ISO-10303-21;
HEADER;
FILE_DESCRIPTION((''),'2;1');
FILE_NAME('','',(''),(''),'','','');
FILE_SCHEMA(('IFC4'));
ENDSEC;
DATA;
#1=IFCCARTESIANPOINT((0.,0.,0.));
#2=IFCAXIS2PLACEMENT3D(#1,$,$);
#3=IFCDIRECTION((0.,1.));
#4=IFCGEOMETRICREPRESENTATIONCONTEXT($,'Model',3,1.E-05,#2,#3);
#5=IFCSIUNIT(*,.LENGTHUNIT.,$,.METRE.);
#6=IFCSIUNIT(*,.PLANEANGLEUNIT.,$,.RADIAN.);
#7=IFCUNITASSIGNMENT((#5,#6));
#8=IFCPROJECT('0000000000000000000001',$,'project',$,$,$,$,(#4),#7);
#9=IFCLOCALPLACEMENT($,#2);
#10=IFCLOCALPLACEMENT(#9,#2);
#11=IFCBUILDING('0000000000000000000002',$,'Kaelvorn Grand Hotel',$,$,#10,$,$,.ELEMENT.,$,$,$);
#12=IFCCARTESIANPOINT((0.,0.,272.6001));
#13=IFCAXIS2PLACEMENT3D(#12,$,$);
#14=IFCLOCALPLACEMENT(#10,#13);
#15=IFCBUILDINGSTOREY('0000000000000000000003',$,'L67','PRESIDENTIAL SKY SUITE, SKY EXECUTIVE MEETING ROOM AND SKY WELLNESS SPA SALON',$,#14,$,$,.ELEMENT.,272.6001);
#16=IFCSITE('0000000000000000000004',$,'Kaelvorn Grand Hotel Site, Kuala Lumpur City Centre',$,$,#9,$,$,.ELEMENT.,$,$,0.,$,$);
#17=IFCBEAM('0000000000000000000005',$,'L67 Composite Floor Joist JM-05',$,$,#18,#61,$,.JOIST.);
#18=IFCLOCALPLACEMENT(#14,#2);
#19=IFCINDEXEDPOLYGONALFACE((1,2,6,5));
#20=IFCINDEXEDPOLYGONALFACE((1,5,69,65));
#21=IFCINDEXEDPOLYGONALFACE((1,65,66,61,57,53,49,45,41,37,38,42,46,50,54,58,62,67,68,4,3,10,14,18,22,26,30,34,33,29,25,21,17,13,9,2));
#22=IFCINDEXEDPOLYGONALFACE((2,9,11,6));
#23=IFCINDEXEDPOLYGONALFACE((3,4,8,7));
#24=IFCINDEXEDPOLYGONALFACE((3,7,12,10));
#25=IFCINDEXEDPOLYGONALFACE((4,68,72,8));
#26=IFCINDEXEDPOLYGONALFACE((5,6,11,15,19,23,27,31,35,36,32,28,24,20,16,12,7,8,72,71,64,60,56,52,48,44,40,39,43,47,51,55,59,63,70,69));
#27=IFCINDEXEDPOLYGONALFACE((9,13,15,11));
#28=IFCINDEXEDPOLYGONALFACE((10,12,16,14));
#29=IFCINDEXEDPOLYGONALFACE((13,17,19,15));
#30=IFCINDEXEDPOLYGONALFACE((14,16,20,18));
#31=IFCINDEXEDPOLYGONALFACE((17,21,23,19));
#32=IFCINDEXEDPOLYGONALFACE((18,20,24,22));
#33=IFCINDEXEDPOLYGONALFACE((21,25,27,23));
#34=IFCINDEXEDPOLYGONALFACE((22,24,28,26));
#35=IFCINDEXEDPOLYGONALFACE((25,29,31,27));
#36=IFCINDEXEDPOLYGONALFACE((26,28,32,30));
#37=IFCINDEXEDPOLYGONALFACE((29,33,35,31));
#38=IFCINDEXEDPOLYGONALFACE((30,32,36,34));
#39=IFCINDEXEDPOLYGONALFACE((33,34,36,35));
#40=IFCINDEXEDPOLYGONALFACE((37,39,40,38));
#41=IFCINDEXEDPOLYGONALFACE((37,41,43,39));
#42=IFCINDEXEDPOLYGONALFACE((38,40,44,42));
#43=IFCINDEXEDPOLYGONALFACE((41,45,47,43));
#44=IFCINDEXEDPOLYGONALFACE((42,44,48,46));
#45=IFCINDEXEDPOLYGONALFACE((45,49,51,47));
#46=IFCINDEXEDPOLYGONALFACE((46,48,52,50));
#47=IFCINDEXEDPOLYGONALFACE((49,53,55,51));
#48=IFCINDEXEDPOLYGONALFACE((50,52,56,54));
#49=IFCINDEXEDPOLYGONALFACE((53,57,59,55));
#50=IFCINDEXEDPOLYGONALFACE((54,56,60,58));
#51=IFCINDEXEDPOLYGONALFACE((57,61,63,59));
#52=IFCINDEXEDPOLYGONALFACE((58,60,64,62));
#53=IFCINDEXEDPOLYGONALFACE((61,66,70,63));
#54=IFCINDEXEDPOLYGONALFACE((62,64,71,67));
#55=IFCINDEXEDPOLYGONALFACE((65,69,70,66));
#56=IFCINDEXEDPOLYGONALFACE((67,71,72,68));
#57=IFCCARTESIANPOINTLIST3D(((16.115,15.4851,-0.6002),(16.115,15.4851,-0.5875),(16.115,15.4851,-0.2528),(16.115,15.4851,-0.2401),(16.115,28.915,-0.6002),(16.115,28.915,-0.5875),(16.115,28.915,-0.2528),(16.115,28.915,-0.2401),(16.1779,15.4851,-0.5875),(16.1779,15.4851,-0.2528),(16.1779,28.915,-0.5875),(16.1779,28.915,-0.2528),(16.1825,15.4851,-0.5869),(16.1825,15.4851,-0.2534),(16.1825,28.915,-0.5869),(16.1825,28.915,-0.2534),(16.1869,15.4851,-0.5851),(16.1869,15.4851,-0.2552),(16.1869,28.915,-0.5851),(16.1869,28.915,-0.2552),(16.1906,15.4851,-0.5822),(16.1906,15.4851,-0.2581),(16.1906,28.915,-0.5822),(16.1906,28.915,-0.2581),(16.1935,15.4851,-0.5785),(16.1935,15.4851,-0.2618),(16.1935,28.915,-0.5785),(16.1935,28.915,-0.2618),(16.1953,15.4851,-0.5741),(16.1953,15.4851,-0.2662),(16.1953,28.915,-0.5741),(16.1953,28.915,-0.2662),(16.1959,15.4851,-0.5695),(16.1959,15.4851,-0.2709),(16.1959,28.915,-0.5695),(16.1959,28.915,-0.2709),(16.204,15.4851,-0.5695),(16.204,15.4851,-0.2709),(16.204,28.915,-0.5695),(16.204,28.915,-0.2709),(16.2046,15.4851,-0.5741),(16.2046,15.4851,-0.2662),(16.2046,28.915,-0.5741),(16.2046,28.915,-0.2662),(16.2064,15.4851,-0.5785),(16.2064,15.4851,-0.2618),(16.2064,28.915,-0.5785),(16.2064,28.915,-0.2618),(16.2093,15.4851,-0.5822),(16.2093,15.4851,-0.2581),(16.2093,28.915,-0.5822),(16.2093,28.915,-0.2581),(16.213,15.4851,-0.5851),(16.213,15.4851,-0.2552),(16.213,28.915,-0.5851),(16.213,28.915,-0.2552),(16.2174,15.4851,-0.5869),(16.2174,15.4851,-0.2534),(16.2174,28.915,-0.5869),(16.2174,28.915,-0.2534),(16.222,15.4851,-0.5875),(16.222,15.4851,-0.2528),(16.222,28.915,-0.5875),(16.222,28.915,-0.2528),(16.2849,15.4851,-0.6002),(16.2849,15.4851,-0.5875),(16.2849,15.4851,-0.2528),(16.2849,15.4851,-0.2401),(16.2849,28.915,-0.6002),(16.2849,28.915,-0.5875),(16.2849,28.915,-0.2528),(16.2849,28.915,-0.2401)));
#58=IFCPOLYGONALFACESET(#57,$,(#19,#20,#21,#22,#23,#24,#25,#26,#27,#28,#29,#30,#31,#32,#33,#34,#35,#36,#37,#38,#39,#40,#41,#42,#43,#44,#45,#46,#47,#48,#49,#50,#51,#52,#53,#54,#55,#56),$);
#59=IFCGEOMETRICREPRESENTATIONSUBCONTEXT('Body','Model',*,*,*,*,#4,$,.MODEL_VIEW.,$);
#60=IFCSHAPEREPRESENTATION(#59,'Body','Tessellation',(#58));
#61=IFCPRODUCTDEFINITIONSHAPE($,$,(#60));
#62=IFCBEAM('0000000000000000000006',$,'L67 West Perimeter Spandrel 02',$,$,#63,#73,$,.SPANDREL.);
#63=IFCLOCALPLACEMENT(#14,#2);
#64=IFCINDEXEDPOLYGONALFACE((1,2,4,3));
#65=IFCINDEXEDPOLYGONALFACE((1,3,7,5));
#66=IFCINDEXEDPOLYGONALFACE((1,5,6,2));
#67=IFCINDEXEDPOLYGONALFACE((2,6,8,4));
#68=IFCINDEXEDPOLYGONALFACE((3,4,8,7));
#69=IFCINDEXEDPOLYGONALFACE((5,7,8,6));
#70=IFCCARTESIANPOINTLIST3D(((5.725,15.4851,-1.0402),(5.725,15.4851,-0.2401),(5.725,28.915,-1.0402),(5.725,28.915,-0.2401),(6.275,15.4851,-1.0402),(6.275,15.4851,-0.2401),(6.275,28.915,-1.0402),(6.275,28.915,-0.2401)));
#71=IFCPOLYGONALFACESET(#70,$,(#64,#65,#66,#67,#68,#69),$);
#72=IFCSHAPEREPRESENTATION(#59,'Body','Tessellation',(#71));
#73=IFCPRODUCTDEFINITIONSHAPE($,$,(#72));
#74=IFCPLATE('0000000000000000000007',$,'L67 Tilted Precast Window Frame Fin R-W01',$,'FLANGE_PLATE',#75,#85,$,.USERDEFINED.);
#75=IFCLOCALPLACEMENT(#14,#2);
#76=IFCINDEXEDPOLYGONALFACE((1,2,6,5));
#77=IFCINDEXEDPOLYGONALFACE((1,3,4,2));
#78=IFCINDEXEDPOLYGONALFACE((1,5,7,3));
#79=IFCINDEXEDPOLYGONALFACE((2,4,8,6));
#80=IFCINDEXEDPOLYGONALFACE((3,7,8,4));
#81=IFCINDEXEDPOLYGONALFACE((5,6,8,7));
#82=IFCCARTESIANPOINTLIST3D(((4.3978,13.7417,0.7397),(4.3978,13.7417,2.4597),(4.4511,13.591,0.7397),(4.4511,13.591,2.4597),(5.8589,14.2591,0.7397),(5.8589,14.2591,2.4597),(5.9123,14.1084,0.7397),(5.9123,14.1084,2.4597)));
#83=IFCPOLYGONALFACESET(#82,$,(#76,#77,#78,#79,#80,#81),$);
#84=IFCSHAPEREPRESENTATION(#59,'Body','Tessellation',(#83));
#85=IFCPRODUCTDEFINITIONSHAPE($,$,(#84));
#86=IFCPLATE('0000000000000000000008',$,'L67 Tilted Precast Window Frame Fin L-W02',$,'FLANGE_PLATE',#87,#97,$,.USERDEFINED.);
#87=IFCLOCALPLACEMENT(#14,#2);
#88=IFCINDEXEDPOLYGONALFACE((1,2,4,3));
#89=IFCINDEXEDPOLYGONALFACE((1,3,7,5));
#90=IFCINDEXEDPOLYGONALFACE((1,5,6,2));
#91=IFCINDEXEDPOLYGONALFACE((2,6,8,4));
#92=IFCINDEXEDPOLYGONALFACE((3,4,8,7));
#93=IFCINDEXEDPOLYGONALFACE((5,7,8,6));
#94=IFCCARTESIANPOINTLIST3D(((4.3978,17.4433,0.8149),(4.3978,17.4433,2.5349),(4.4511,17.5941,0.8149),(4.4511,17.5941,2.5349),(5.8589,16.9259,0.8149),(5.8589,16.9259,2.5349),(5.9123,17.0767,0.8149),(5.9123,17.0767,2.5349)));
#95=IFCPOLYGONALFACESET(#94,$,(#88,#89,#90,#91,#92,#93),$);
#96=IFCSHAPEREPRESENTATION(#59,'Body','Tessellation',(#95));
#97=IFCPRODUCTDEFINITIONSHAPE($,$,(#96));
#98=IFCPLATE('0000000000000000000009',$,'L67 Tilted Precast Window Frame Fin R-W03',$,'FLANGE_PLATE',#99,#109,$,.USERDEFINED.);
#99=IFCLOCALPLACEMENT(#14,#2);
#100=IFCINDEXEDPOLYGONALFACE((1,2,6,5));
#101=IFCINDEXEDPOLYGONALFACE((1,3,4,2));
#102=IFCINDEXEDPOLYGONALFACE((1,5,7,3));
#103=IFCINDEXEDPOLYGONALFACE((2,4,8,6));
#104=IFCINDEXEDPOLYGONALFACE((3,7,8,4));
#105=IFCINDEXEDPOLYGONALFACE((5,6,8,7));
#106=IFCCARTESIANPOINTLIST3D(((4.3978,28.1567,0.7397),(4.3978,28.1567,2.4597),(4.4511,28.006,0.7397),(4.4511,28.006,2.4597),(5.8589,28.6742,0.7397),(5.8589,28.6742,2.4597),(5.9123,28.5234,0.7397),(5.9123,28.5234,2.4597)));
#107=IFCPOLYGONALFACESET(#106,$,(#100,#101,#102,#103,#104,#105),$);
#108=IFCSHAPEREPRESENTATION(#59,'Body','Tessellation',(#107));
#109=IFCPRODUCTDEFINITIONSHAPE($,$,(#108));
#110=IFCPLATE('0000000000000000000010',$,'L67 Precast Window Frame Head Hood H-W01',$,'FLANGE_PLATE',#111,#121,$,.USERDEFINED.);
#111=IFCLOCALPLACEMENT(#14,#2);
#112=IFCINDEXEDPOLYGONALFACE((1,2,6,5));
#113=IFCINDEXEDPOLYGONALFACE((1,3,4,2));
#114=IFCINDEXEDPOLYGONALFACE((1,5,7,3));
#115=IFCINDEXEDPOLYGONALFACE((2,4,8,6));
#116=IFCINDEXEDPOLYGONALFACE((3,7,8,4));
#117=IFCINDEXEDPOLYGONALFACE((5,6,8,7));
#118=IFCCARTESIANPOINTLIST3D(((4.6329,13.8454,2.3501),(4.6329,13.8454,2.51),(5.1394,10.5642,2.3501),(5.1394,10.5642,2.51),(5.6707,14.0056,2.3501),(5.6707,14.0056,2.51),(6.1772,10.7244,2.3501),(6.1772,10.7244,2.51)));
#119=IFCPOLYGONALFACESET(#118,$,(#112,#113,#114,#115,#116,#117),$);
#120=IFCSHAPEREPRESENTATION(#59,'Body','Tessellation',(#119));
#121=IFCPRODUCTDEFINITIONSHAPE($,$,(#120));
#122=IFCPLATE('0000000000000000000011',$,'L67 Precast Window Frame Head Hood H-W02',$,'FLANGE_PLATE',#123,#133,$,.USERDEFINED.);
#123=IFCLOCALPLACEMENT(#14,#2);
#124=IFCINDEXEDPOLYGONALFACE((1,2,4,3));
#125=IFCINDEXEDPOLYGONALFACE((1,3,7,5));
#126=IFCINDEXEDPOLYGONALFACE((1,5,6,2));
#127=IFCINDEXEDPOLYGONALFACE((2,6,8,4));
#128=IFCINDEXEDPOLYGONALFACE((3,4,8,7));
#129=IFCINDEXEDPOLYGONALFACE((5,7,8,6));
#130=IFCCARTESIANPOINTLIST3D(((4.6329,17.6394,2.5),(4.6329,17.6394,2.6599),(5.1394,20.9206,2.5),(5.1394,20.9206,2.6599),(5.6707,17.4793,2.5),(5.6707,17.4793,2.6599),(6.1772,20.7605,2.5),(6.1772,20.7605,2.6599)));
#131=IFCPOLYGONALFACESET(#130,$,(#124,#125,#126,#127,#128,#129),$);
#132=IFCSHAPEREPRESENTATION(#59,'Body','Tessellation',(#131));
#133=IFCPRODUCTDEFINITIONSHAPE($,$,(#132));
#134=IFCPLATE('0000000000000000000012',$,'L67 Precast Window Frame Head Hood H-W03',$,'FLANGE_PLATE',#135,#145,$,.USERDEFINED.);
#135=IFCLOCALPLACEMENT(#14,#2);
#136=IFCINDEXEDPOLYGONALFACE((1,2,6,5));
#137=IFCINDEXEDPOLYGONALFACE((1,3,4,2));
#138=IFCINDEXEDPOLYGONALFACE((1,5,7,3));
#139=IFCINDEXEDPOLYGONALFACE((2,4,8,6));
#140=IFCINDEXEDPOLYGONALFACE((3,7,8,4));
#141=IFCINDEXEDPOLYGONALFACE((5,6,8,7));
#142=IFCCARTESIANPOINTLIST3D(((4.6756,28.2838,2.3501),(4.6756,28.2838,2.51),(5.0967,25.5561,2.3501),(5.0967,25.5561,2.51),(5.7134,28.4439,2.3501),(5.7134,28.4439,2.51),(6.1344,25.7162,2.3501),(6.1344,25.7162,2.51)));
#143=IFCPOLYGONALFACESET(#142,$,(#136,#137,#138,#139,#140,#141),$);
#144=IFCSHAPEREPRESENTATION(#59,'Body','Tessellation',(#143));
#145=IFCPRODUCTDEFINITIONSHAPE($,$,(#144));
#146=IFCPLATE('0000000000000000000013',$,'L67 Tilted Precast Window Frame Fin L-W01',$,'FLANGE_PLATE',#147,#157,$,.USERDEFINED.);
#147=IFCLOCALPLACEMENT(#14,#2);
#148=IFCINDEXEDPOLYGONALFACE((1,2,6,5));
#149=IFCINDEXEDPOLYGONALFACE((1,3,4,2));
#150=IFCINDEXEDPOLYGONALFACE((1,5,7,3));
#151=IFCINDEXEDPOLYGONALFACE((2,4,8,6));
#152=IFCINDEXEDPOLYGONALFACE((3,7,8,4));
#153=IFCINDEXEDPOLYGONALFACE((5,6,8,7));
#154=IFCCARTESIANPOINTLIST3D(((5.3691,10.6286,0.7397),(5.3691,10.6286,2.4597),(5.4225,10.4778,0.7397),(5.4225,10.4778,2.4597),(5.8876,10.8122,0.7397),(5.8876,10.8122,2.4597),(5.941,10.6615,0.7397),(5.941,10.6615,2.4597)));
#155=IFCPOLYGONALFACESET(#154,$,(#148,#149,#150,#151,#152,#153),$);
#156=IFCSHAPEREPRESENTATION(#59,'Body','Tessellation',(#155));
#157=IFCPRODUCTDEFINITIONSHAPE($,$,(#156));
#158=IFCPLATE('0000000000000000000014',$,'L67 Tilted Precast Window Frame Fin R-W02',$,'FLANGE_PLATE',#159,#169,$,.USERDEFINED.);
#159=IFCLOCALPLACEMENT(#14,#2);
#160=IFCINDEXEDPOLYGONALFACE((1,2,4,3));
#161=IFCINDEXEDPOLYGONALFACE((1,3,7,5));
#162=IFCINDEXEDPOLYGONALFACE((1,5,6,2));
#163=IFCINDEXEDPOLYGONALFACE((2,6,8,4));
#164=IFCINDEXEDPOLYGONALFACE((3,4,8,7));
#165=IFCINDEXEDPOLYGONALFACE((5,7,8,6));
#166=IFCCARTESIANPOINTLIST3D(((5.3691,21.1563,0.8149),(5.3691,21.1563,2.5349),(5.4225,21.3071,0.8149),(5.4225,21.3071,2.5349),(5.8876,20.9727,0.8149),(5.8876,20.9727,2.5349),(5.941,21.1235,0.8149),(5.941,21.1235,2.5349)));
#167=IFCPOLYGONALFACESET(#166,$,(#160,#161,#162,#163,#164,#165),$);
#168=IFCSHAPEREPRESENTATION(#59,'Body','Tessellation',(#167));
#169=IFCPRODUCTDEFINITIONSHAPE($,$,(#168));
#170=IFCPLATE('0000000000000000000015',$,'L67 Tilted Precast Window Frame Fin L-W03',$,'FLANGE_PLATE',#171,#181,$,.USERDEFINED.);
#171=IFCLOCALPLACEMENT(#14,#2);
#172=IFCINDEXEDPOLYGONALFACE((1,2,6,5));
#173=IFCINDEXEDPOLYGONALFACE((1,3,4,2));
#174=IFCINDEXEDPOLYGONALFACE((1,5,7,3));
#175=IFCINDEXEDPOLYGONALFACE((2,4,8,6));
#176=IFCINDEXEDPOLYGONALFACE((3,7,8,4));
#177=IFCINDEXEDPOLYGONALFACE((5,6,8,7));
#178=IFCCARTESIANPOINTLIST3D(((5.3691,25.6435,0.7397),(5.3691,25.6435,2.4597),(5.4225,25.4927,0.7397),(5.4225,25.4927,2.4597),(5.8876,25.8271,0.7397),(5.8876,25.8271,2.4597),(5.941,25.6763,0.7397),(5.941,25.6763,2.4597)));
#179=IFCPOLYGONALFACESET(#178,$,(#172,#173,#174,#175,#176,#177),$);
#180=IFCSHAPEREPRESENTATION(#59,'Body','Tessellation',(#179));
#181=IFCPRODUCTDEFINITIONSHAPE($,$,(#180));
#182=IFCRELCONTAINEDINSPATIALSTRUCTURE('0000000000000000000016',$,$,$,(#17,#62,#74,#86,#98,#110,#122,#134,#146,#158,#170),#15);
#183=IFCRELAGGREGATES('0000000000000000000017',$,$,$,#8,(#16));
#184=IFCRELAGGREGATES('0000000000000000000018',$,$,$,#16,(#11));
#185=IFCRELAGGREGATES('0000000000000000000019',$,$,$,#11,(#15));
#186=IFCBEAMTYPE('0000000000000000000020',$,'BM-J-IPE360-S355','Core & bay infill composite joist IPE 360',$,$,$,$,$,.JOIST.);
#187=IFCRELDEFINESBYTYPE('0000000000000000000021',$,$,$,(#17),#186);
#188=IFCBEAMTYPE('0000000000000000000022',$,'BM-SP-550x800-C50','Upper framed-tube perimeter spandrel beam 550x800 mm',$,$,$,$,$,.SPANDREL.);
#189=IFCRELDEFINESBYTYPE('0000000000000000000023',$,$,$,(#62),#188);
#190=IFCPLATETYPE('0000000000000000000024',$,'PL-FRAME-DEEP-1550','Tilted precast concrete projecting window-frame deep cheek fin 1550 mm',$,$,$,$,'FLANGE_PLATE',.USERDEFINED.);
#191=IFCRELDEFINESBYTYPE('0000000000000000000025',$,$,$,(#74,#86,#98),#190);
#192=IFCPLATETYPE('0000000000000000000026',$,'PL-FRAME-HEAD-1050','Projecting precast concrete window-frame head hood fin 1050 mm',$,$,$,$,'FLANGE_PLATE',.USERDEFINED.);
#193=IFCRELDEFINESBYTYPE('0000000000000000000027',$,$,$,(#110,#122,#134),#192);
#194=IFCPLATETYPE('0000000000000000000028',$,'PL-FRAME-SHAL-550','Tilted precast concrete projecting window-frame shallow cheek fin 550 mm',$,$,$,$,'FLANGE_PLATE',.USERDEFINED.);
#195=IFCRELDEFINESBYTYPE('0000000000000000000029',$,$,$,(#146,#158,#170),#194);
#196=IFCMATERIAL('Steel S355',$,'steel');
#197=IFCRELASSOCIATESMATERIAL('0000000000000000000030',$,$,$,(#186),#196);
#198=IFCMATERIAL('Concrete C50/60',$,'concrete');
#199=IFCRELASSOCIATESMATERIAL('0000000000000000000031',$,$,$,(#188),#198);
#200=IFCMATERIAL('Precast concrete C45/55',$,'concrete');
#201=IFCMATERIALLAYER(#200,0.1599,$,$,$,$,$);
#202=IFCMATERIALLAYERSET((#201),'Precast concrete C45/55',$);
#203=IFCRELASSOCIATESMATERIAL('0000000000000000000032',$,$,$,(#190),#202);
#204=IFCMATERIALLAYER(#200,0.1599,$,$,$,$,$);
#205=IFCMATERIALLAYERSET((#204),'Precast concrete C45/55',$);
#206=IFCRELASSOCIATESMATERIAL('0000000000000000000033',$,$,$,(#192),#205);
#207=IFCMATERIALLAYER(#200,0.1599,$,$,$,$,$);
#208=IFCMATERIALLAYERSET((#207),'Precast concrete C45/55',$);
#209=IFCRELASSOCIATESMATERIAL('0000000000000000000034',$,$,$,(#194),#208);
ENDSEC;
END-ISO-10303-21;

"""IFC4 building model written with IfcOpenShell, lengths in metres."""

from ifc_helpers import new_model, si_unit, direction, frame, origin, origin_2d, place, context, subcontext, project, spatial, rectangle, i_section, extrude, material, layer, layer_set, material_profile, profile_set, type_object, element, save


model = new_model("IFC4")

# Units and contexts
model_context = context("Model", 3, precision=1e-05, world=origin(), true_north=direction((0.0, 1.0)))
body_context = subcontext(model_context, "Body", "Model", "MODEL_VIEW")
ifc_project = project(units=[si_unit("LENGTHUNIT", "METRE"), si_unit("PLANEANGLEUNIT", "RADIAN")], contexts=[model_context])

# Site, building, storey
site_placement = place(None, origin())
site = spatial("IfcSite", under=ifc_project, at=site_placement, Name="Kaelvorn Grand Hotel Site, Kuala Lumpur City Centre", CompositionType="ELEMENT", RefElevation=0.0)
building_placement = place(site_placement, origin())
building = spatial("IfcBuilding", under=site, at=building_placement, Name="Kaelvorn Grand Hotel", CompositionType="ELEMENT")
storey_placement = place(building_placement, frame((0.0, 0.0, 272.6001)))
storey = spatial("IfcBuildingStorey", under=building, at=storey_placement, Name="L67", Description="PRESIDENTIAL SKY SUITE, SKY EXECUTIVE MEETING ROOM AND SKY WELLNESS SPA SALON", CompositionType="ELEMENT", Elevation=272.6001)

# Shared definitions
ifc_material_1 = material(Name="Concrete C50/60", Category="concrete")

# Beams
ifc_material_2 = material(Name="Steel S355", Category="steel")
ifc_material_profile_1 = material_profile(ifc_material_2, i_section(OverallWidth=0.1699, OverallDepth=0.3601, WebThickness=0.0081, FlangeThickness=0.0127, FilletRadius=0.0181, at=origin_2d()), Name="IPE 360")
ifc_profile_set_1 = profile_set([ifc_material_profile_1], Name="Steel S355")
beam_type_1 = type_object("IfcBeamType", Name="BM-J-IPE360-S355", Description="Core & bay infill composite joist IPE 360", PredefinedType="JOIST", material=ifc_profile_set_1)
beam_1_placement = place(storey_placement, frame((16.2, 15.4851, -0.4202), z_axis=(0.0, 1.0, 0.0), x_axis=(-1.0, 0.0, 0.0)))
element("IfcBeam", 1, at=beam_1_placement, inside=storey, type_object=beam_type_1, Name="L67 Composite Floor Joist JM-05", PredefinedType="JOIST", context=body_context, shape_type="SweptSolid", body=[
    extrude(i_section(OverallWidth=0.1699, OverallDepth=0.3601, WebThickness=0.0081, FlangeThickness=0.0127, FilletRadius=0.0181, at=origin_2d()), origin(), (0.0, 0.0, 1.0), 13.4299),
])
ifc_material_profile_2 = material_profile(ifc_material_1, rectangle(XDim=0.55, YDim=0.8, at=origin_2d()), Name="RC SPANDREL 550x800")
ifc_profile_set_2 = profile_set([ifc_material_profile_2], Name="Concrete C50/60")
beam_type_2 = type_object("IfcBeamType", Name="BM-SP-550x800-C50", Description="Upper framed-tube perimeter spandrel beam 550x800 mm", PredefinedType="SPANDREL", material=ifc_profile_set_2)
beam_2_placement = place(storey_placement, frame((6.0, 15.4851, -0.6401), z_axis=(0.0, 1.0, 0.0), x_axis=(-1.0, 0.0, 0.0)))
element("IfcBeam", 2, at=beam_2_placement, inside=storey, type_object=beam_type_2, Name="L67 West Perimeter Spandrel 02", PredefinedType="SPANDREL", context=body_context, shape_type="SweptSolid", body=[
    extrude(rectangle(XDim=0.55, YDim=0.8, at=origin_2d()), origin(), (0.0, 0.0, 1.0), 13.4299),
])

# Plates
ifc_material_3 = material(Name="Precast concrete C45/55", Category="concrete")
ifc_layer_1 = layer(ifc_material_3, 0.1599)
ifc_layer_set_1 = layer_set([ifc_layer_1], Name="Precast concrete C45/55")
plate_type_1 = type_object("IfcPlateType", Name="PL-FRAME-DEEP-1550", Description="Tilted precast concrete projecting window-frame deep cheek fin 1550 mm", ElementType="FLANGE_PLATE", PredefinedType="USERDEFINED", material=ifc_layer_set_1)
for number, where, z_axis, x_axis, name in (
    (3, (5.155, 13.925, 0.7397), (0.0, 0.0, 1.0), (-0.333807, 0.942641, 0.0), "L67 Tilted Precast Window Frame Fin R-W01"),
    (4, (5.155, 17.26, 0.8149), (0.0, 0.0, 1.0), (0.333807, 0.942641, 0.0), "L67 Tilted Precast Window Frame Fin L-W02"),
    (5, (5.155, 28.3401, 0.7397), (0.0, 0.0, 1.0), (-0.333807, 0.942641, 0.0), "L67 Tilted Precast Window Frame Fin R-W03"),
):
    element("IfcPlate", number, at=place(storey_placement, frame(where, z_axis=z_axis, x_axis=x_axis)), inside=storey, type_object=plate_type_1, Name=name, ObjectType="FLANGE_PLATE", PredefinedType="USERDEFINED", context=body_context, shape_type="SweptSolid", body=[
        extrude(rectangle(XDim=0.1599, YDim=1.55, at=origin_2d()), origin(), (0.0, 0.0, 1.0), 1.72),
    ])
ifc_layer_2 = layer(ifc_material_3, 0.1599)
ifc_layer_set_2 = layer_set([ifc_layer_2], Name="Precast concrete C45/55")
plate_type_2 = type_object("IfcPlateType", Name="PL-FRAME-HEAD-1050", Description="Projecting precast concrete window-frame head hood fin 1050 mm", ElementType="FLANGE_PLATE", PredefinedType="USERDEFINED", material=ifc_layer_set_2)
for number, where, z_axis, x_axis, name in (
    (6, (5.405, 12.2849, 2.3501), (0.0, 0.0, 1.0), (-0.152555, 0.988295, 0.0), "L67 Precast Window Frame Head Hood H-W01"),
    (7, (5.405, 19.2, 2.5), (0.0, 0.0, 1.0), (0.152555, 0.988295, 0.0), "L67 Precast Window Frame Head Hood H-W02"),
):
    element("IfcPlate", number, at=place(storey_placement, frame(where, z_axis=z_axis, x_axis=x_axis)), inside=storey, type_object=plate_type_2, Name=name, ObjectType="FLANGE_PLATE", PredefinedType="USERDEFINED", context=body_context, shape_type="SweptSolid", body=[
        extrude(rectangle(XDim=3.3201, YDim=1.05, at=origin_2d()), origin(), (0.0, 0.0, 1.0), 0.1599),
    ])
plate_placement = place(storey_placement, frame((5.405, 27.0, 2.3501), z_axis=(0.0, 0.0, 1.0), x_axis=(-0.152555, 0.988295, 0.0)))
element("IfcPlate", 8, at=plate_placement, inside=storey, type_object=plate_type_2, Name="L67 Precast Window Frame Head Hood H-W03", ObjectType="FLANGE_PLATE", PredefinedType="USERDEFINED", context=body_context, shape_type="SweptSolid", body=[
    extrude(rectangle(XDim=2.76, YDim=1.05, at=origin_2d()), origin(), (0.0, 0.0, 1.0), 0.1599),
])
ifc_layer_3 = layer(ifc_material_3, 0.1599)
ifc_layer_set_3 = layer_set([ifc_layer_3], Name="Precast concrete C45/55")
plate_type_3 = type_object("IfcPlateType", Name="PL-FRAME-SHAL-550", Description="Tilted precast concrete projecting window-frame shallow cheek fin 550 mm", ElementType="FLANGE_PLATE", PredefinedType="USERDEFINED", material=ifc_layer_set_3)
for number, where, z_axis, x_axis, name in (
    (9, (5.655, 10.645, 0.7397), (0.0, 0.0, 1.0), (-0.333807, 0.942641, 0.0), "L67 Tilted Precast Window Frame Fin L-W01"),
    (10, (5.655, 21.1399, 0.8149), (0.0, 0.0, 1.0), (0.333807, 0.942641, 0.0), "L67 Tilted Precast Window Frame Fin R-W02"),
    (11, (5.655, 25.6599, 0.7397), (0.0, 0.0, 1.0), (-0.333807, 0.942641, 0.0), "L67 Tilted Precast Window Frame Fin L-W03"),
):
    element("IfcPlate", number, at=place(storey_placement, frame(where, z_axis=z_axis, x_axis=x_axis)), inside=storey, type_object=plate_type_3, Name=name, ObjectType="FLANGE_PLATE", PredefinedType="USERDEFINED", context=body_context, shape_type="SweptSolid", body=[
        extrude(rectangle(XDim=0.1599, YDim=0.55, at=origin_2d()), origin(), (0.0, 0.0, 1.0), 1.72),
    ])

save(model, "model.ifc")
